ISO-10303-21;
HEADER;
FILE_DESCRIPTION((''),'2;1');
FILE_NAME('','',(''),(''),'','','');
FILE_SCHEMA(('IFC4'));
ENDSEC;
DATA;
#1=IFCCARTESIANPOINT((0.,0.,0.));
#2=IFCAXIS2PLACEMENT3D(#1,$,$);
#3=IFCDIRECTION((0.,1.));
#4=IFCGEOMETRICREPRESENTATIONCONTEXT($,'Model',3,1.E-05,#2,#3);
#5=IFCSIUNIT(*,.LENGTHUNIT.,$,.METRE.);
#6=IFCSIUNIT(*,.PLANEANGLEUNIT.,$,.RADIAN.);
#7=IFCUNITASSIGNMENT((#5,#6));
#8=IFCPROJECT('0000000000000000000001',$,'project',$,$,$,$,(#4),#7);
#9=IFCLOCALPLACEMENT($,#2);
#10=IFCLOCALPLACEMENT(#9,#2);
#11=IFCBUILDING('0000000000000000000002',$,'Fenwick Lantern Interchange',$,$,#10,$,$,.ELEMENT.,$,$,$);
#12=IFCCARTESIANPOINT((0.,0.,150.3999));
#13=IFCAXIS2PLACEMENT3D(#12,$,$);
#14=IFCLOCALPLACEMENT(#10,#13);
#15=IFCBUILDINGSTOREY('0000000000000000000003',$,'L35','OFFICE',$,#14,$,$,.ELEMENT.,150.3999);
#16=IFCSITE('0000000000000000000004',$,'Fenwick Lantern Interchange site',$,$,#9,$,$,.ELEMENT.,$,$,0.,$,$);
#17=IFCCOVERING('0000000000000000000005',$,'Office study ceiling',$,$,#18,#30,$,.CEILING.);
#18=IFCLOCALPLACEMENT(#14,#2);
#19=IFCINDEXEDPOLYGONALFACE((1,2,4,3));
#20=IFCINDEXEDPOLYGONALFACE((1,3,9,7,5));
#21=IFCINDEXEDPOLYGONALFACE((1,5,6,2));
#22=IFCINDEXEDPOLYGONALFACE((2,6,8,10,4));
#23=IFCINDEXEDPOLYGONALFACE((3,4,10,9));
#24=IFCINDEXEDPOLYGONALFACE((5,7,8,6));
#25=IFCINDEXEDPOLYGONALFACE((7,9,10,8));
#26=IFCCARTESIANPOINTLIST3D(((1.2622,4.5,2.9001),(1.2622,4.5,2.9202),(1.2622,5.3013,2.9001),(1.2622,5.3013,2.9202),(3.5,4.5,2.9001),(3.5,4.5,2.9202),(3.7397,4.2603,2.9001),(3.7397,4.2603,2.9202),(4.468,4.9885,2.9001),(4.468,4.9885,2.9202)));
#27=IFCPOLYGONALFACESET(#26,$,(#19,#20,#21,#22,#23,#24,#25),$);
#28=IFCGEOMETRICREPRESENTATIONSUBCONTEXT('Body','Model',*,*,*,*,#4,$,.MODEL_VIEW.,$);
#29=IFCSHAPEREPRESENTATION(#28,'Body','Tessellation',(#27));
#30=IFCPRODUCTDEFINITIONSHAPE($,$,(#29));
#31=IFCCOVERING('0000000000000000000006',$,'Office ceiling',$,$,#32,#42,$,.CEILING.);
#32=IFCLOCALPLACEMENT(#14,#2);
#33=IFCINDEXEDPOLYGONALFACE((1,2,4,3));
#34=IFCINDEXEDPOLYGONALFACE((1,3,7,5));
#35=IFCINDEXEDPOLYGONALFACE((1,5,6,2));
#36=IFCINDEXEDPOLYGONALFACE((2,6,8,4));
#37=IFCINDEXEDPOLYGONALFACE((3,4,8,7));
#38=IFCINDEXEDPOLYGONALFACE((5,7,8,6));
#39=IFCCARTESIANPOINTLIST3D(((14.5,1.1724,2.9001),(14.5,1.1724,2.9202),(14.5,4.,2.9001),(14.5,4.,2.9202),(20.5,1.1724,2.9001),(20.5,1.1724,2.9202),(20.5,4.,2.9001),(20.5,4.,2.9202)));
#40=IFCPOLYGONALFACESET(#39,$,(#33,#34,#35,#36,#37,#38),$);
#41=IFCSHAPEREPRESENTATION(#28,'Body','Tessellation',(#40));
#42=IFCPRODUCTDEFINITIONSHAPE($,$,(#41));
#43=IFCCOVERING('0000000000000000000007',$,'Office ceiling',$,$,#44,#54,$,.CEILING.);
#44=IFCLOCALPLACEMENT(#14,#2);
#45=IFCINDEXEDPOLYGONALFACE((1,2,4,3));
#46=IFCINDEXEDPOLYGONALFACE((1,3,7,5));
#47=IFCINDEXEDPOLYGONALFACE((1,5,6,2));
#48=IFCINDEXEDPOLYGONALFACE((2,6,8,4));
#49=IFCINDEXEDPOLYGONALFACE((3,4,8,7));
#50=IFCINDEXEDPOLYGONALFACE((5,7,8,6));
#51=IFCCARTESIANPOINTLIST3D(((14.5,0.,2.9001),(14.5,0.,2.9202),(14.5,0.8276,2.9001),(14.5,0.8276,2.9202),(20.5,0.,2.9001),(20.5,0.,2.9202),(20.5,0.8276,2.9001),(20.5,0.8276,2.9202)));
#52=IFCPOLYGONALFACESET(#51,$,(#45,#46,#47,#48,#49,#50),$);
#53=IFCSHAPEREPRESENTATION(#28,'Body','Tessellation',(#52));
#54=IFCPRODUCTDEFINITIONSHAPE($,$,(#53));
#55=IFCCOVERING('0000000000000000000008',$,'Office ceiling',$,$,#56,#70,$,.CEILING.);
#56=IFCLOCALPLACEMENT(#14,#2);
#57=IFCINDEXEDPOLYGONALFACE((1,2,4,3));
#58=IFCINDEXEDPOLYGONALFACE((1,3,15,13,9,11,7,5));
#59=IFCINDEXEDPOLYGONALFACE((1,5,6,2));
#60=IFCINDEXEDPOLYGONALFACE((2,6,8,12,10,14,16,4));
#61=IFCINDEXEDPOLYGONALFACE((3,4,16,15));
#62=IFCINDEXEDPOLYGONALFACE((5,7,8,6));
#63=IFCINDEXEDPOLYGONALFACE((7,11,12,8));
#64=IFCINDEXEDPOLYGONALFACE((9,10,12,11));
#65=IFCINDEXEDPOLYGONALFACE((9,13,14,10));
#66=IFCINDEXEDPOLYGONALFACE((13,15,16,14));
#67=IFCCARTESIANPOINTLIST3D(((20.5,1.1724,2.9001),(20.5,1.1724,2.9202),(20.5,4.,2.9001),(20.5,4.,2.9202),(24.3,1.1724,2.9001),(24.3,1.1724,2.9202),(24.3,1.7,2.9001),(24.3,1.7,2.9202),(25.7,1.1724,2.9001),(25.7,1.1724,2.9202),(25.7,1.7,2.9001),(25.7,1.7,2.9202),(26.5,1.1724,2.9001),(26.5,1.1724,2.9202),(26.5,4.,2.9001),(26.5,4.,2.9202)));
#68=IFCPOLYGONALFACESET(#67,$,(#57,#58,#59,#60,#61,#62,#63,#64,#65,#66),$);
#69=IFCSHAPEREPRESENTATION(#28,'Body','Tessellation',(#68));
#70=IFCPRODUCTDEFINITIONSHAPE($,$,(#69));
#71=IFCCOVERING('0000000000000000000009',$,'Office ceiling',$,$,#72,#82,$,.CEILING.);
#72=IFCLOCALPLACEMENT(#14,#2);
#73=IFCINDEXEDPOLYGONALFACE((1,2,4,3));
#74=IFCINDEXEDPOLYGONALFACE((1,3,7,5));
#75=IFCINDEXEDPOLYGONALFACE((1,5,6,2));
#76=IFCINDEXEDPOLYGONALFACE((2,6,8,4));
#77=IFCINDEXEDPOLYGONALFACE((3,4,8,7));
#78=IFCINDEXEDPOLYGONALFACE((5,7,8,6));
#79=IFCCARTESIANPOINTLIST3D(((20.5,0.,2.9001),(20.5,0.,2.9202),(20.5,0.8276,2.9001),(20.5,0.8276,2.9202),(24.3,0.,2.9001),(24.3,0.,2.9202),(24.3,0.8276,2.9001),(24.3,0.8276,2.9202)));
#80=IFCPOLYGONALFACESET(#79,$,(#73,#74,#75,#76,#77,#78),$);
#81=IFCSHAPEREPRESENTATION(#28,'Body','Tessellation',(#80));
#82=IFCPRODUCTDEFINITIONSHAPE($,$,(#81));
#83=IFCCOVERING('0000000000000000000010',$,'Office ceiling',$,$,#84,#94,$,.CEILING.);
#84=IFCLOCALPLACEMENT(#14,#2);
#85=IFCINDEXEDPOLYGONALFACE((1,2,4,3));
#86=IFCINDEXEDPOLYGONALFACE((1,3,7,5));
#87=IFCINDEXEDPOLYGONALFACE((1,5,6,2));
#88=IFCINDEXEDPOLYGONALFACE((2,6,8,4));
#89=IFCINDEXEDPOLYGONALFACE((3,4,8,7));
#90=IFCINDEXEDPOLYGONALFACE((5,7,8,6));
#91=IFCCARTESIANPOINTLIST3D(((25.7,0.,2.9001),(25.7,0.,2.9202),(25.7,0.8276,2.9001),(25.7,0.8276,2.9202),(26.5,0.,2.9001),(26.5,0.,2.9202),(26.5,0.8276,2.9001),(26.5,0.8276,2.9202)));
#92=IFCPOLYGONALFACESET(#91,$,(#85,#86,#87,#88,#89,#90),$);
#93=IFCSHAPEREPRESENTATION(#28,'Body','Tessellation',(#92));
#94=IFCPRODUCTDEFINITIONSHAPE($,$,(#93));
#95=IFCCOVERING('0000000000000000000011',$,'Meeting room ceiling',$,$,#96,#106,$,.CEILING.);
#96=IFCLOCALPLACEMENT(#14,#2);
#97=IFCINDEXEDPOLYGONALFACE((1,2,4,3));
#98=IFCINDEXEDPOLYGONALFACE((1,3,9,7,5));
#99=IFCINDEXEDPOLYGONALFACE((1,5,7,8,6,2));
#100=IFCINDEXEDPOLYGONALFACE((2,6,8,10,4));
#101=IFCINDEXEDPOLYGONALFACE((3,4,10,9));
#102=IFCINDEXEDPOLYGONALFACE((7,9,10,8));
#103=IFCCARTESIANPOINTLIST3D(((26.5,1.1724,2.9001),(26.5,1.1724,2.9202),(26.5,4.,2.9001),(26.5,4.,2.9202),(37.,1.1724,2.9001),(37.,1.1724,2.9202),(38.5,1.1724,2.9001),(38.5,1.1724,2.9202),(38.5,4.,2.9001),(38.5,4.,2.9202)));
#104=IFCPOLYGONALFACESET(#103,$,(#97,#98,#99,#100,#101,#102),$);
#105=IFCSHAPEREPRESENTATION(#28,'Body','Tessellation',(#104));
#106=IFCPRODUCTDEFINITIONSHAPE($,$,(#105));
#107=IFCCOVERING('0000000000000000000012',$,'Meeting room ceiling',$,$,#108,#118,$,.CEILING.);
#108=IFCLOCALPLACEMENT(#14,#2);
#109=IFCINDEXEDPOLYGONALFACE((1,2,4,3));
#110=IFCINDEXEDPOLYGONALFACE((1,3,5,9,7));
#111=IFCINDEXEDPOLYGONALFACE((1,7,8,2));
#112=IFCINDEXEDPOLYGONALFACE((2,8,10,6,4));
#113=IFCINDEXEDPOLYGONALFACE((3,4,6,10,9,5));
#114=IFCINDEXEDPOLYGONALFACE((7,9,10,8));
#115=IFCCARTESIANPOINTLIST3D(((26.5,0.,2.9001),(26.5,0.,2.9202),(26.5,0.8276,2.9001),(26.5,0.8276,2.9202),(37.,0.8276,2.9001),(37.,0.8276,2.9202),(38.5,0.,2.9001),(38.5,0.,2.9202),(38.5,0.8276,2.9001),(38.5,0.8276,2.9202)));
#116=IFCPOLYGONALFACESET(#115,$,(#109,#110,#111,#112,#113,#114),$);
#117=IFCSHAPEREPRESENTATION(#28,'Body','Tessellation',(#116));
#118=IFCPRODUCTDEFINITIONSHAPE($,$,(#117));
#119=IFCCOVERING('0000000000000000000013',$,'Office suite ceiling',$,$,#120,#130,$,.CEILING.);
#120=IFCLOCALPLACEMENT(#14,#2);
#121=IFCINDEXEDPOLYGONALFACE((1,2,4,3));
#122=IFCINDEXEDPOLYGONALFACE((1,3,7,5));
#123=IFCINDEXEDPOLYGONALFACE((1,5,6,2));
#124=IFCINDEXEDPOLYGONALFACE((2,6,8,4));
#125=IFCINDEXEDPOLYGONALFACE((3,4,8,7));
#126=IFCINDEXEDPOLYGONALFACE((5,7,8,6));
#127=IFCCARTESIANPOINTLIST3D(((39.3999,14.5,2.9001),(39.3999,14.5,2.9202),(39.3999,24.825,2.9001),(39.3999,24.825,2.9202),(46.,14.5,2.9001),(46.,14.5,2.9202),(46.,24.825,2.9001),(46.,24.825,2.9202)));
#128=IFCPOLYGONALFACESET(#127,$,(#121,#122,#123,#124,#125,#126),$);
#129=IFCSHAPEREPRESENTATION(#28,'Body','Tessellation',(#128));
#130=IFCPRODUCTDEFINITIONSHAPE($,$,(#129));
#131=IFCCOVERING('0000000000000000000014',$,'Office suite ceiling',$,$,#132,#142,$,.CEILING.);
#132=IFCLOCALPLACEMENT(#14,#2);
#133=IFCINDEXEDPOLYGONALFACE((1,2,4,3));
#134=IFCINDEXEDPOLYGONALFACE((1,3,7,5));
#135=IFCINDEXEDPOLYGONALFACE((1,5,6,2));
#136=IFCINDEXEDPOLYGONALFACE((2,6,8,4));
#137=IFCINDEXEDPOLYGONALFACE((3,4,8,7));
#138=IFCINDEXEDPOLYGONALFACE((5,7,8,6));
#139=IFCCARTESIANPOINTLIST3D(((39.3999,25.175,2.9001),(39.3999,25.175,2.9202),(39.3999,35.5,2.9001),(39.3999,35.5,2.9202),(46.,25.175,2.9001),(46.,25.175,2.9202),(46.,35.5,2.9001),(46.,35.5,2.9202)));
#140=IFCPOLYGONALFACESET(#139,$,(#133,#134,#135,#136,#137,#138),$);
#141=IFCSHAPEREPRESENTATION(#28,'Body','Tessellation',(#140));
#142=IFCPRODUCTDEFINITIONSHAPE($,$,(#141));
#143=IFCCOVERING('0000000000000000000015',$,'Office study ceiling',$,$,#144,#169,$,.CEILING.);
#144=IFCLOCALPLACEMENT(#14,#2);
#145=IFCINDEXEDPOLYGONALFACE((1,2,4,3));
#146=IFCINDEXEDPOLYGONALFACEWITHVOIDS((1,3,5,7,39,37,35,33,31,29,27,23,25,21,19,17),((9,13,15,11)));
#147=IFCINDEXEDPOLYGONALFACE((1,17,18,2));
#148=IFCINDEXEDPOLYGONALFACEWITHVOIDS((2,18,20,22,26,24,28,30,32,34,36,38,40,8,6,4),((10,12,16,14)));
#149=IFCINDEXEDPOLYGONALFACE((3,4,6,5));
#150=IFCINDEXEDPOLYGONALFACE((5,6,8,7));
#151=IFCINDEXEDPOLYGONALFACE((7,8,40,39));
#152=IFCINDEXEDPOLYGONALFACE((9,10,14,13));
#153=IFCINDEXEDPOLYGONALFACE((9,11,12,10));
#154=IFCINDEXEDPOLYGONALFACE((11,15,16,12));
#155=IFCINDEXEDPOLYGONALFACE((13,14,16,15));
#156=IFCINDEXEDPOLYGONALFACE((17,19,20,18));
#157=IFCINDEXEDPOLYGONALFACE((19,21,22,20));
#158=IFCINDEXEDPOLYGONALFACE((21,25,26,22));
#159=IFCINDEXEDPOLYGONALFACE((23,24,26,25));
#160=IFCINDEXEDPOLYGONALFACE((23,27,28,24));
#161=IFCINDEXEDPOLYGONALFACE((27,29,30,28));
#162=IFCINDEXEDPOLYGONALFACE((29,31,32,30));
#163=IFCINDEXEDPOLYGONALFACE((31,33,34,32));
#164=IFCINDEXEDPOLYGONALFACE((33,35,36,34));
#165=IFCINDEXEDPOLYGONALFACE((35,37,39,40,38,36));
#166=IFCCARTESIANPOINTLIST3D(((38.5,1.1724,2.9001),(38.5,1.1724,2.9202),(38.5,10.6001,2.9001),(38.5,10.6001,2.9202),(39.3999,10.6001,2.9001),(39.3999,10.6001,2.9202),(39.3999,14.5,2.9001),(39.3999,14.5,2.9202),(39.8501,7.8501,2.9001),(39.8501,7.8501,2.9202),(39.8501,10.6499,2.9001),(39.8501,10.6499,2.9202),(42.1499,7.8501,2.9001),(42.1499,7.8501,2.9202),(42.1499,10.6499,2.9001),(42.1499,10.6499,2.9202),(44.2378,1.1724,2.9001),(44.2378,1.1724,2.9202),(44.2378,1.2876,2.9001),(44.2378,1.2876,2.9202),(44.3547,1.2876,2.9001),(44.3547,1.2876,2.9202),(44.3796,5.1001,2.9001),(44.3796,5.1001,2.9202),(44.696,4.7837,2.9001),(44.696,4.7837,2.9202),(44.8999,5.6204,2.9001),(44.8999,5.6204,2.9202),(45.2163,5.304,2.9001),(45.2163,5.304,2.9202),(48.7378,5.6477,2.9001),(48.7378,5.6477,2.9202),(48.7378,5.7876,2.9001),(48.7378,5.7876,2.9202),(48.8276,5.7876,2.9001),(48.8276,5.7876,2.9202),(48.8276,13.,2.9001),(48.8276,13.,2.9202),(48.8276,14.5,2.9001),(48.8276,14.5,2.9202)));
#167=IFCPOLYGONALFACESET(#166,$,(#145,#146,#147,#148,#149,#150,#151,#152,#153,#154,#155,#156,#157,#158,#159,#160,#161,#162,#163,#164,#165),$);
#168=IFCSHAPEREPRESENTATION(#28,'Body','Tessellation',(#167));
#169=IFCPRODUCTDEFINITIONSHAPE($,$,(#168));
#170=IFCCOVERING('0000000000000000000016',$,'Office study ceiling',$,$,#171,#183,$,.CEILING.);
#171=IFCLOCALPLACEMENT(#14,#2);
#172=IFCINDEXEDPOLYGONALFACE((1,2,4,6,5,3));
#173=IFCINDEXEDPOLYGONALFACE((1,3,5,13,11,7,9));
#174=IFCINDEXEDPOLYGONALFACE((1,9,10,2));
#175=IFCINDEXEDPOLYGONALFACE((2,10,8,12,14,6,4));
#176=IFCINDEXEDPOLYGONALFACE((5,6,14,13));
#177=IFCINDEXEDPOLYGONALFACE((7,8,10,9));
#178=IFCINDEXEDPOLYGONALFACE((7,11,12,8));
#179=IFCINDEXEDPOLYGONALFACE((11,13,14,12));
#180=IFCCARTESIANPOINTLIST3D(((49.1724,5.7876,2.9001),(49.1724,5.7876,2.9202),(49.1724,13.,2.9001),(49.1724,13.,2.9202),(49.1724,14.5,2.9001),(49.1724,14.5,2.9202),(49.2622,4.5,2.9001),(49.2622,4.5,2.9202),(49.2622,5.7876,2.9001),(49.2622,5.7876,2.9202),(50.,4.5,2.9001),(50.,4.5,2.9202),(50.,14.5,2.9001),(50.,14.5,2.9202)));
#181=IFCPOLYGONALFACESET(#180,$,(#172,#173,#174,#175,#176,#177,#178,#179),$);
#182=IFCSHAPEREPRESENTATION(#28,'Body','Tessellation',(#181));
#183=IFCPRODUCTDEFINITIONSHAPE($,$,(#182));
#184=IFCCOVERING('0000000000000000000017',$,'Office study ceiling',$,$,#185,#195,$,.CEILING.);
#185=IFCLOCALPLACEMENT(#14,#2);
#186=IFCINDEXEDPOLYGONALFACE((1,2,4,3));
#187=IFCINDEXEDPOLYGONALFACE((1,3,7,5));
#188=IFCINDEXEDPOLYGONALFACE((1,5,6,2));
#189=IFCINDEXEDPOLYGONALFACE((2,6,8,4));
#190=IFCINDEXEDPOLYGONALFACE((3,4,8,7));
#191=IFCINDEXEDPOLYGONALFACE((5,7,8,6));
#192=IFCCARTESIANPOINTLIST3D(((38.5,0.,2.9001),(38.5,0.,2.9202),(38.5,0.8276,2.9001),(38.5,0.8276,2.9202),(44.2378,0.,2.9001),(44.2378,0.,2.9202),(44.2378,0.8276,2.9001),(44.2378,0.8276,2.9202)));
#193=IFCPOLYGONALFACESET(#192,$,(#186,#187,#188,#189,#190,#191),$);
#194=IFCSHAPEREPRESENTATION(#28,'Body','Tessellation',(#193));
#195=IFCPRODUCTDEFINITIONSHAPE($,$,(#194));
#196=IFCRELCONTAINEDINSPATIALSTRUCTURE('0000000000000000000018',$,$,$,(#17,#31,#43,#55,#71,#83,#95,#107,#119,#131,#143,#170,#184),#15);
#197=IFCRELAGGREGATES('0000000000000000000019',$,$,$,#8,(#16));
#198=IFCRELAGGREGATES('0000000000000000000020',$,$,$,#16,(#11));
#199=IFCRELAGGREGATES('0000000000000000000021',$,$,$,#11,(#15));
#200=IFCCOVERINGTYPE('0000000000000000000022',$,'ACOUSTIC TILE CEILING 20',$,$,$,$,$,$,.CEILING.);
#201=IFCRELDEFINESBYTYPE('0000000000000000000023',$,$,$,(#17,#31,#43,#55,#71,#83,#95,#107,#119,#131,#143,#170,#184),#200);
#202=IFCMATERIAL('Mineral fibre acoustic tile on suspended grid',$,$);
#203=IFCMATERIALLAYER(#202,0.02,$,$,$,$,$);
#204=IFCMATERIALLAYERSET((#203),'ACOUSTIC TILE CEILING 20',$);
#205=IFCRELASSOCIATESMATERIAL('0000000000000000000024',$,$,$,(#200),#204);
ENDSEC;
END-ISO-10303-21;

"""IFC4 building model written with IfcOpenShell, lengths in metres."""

from ifc_helpers import new_model, si_unit, direction, frame, origin, place, context, subcontext, project, spatial, polyline, outline, extrude, material, layer, layer_set, type_object, element, save


model = new_model("IFC4")

# Units and contexts
model_context = context("Model", 3, precision=1e-05, world=origin(), true_north=direction((0.0, 1.0)))
body_context = subcontext(model_context, "Body", "Model", "MODEL_VIEW")
ifc_project = project(units=[si_unit("LENGTHUNIT", "METRE"), si_unit("PLANEANGLEUNIT", "RADIAN")], contexts=[model_context])

# Site, building, storey
site_placement = place(None, origin())
site = spatial("IfcSite", under=ifc_project, at=site_placement, Name="Fenwick Lantern Interchange site", CompositionType="ELEMENT", RefElevation=0.0)
building_placement = place(site_placement, origin())
building = spatial("IfcBuilding", under=site, at=building_placement, Name="Fenwick Lantern Interchange", CompositionType="ELEMENT")
storey_placement = place(building_placement, frame((0.0, 0.0, 150.3999)))
storey = spatial("IfcBuildingStorey", under=building, at=storey_placement, Name="L35", Description="OFFICE", CompositionType="ELEMENT", Elevation=150.3999)

# Coverings
ifc_material = material(Name="Mineral fibre acoustic tile on suspended grid")
ifc_layer = layer(ifc_material, 0.02)
ifc_layer_set = layer_set([ifc_layer], Name="ACOUSTIC TILE CEILING 20")
covering_type = type_object("IfcCoveringType", Name="ACOUSTIC TILE CEILING 20", PredefinedType="CEILING", material=ifc_layer_set)
covering_1_placement = place(storey_placement, frame((0.0, 0.0, 2.9001)))
element("IfcCovering", 1, at=covering_1_placement, inside=storey, type_object=covering_type, Name="Office study ceiling", PredefinedType="CEILING", context=body_context, shape_type="SweptSolid", body=[
    extrude(outline(polyline([(3.7397, 4.2603), (4.468, 4.9885), (1.2622, 5.3013), (1.2622, 4.5), (3.5, 4.5), (3.7397, 4.2603)])), origin(), (0.0, 0.0, 1.0), 0.02),
])
covering_2_placement = place(storey_placement, frame((0.0, 0.0, 2.9001)))
element("IfcCovering", 2, at=covering_2_placement, inside=storey, type_object=covering_type, Name="Office ceiling", PredefinedType="CEILING", context=body_context, shape_type="SweptSolid", body=[
    extrude(outline(polyline([(14.5, 4.0), (14.5, 1.1724), (20.5, 1.1724), (20.5, 4.0), (14.5, 4.0)])), origin(), (0.0, 0.0, 1.0), 0.02),
])
covering_3_placement = place(storey_placement, frame((0.0, 0.0, 2.9001)))
element("IfcCovering", 3, at=covering_3_placement, inside=storey, type_object=covering_type, Name="Office ceiling", PredefinedType="CEILING", context=body_context, shape_type="SweptSolid", body=[
    extrude(outline(polyline([(20.5, 0.0), (20.5, 0.8276), (14.5, 0.8276), (14.5, 0.0), (20.5, 0.0)])), origin(), (0.0, 0.0, 1.0), 0.02),
])
covering_4_placement = place(storey_placement, frame((0.0, 0.0, 2.9001)))
element("IfcCovering", 4, at=covering_4_placement, inside=storey, type_object=covering_type, Name="Office ceiling", PredefinedType="CEILING", context=body_context, shape_type="SweptSolid", body=[
    extrude(outline(polyline([(20.5, 4.0), (20.5, 1.1724), (24.3, 1.1724), (24.3, 1.7), (25.7, 1.7), (25.7, 1.1724), (26.5, 1.1724), (26.5, 4.0), (20.5, 4.0)])), origin(), (0.0, 0.0, 1.0), 0.02),
])
covering_5_placement = place(storey_placement, frame((0.0, 0.0, 2.9001)))
element("IfcCovering", 5, at=covering_5_placement, inside=storey, type_object=covering_type, Name="Office ceiling", PredefinedType="CEILING", context=body_context, shape_type="SweptSolid", body=[
    extrude(outline(polyline([(20.5, 0.8276), (20.5, 0.0), (24.3, 0.0), (24.3, 0.8276), (20.5, 0.8276)])), origin(), (0.0, 0.0, 1.0), 0.02),
])
covering_6_placement = place(storey_placement, frame((0.0, 0.0, 2.9001)))
element("IfcCovering", 6, at=covering_6_placement, inside=storey, type_object=covering_type, Name="Office ceiling", PredefinedType="CEILING", context=body_context, shape_type="SweptSolid", body=[
    extrude(outline(polyline([(26.5, 0.0), (26.5, 0.8276), (25.7, 0.8276), (25.7, 0.0), (26.5, 0.0)])), origin(), (0.0, 0.0, 1.0), 0.02),
])
covering_7_placement = place(storey_placement, frame((0.0, 0.0, 2.9001)))
element("IfcCovering", 7, at=covering_7_placement, inside=storey, type_object=covering_type, Name="Meeting room ceiling", PredefinedType="CEILING", context=body_context, shape_type="SweptSolid", body=[
    extrude(outline(polyline([(26.5, 4.0), (26.5, 1.1724), (37.0, 1.1724), (38.5, 1.1724), (38.5, 4.0), (26.5, 4.0)])), origin(), (0.0, 0.0, 1.0), 0.02),
])
covering_8_placement = place(storey_placement, frame((0.0, 0.0, 2.9001)))
element("IfcCovering", 8, at=covering_8_placement, inside=storey, type_object=covering_type, Name="Meeting room ceiling", PredefinedType="CEILING", context=body_context, shape_type="SweptSolid", body=[
    extrude(outline(polyline([(26.5, 0.8276), (26.5, 0.0), (38.5, 0.0), (38.5, 0.8276), (37.0, 0.8276), (26.5, 0.8276)])), origin(), (0.0, 0.0, 1.0), 0.02),
])
covering_9_placement = place(storey_placement, frame((0.0, 0.0, 2.9001)))
element("IfcCovering", 9, at=covering_9_placement, inside=storey, type_object=covering_type, Name="Office suite ceiling", PredefinedType="CEILING", context=body_context, shape_type="SweptSolid", body=[
    extrude(outline(polyline([(39.3999, 24.825), (39.3999, 14.5), (46.0, 14.5), (46.0, 24.825), (39.3999, 24.825)])), origin(), (0.0, 0.0, 1.0), 0.02),
])
covering_10_placement = place(storey_placement, frame((0.0, 0.0, 2.9001)))
element("IfcCovering", 10, at=covering_10_placement, inside=storey, type_object=covering_type, Name="Office suite ceiling", PredefinedType="CEILING", context=body_context, shape_type="SweptSolid", body=[
    extrude(outline(polyline([(39.3999, 35.5), (39.3999, 25.175), (46.0, 25.175), (46.0, 35.5), (39.3999, 35.5)])), origin(), (0.0, 0.0, 1.0), 0.02),
])
covering_11_placement = place(storey_placement, frame((0.0, 0.0, 2.9001)))
element("IfcCovering", 11, at=covering_11_placement, inside=storey, type_object=covering_type, Name="Office study ceiling", PredefinedType="CEILING", context=body_context, shape_type="SweptSolid", body=[
    extrude(outline(polyline([(44.2378, 1.2876), (44.3547, 1.2876), (44.696, 4.7837), (44.3796, 5.1001), (44.8999, 5.6204), (45.2163, 5.304), (48.7378, 5.6477), (48.7378, 5.7876), (48.8276, 5.7876), (48.8276, 13.0), (48.8276, 14.5), (39.3999, 14.5), (39.3999, 10.6001), (38.5, 10.6001), (38.5, 1.1724), (44.2378, 1.1724), (44.2378, 1.2876)]), holes=[polyline([(39.8501, 7.8501), (39.8501, 10.6499), (42.1499, 10.6499), (42.1499, 7.8501), (39.8501, 7.8501)])]), origin(), (0.0, 0.0, 1.0), 0.02),
])
covering_12_placement = place(storey_placement, frame((0.0, 0.0, 2.9001)))
element("IfcCovering", 12, at=covering_12_placement, inside=storey, type_object=covering_type, Name="Office study ceiling", PredefinedType="CEILING", context=body_context, shape_type="SweptSolid", body=[
    extrude(outline(polyline([(50.0, 14.5), (49.1724, 14.5), (49.1724, 13.0), (49.1724, 5.7876), (49.2622, 5.7876), (49.2622, 4.5), (50.0, 4.5), (50.0, 14.5)])), origin(), (0.0, 0.0, 1.0), 0.02),
])
covering_13_placement = place(storey_placement, frame((0.0, 0.0, 2.9001)))
element("IfcCovering", 13, at=covering_13_placement, inside=storey, type_object=covering_type, Name="Office study ceiling", PredefinedType="CEILING", context=body_context, shape_type="SweptSolid", body=[
    extrude(outline(polyline([(44.2378, 0.0), (44.2378, 0.8276), (38.5, 0.8276), (38.5, 0.0), (44.2378, 0.0)])), origin(), (0.0, 0.0, 1.0), 0.02),
])

save(model, "model.ifc")
